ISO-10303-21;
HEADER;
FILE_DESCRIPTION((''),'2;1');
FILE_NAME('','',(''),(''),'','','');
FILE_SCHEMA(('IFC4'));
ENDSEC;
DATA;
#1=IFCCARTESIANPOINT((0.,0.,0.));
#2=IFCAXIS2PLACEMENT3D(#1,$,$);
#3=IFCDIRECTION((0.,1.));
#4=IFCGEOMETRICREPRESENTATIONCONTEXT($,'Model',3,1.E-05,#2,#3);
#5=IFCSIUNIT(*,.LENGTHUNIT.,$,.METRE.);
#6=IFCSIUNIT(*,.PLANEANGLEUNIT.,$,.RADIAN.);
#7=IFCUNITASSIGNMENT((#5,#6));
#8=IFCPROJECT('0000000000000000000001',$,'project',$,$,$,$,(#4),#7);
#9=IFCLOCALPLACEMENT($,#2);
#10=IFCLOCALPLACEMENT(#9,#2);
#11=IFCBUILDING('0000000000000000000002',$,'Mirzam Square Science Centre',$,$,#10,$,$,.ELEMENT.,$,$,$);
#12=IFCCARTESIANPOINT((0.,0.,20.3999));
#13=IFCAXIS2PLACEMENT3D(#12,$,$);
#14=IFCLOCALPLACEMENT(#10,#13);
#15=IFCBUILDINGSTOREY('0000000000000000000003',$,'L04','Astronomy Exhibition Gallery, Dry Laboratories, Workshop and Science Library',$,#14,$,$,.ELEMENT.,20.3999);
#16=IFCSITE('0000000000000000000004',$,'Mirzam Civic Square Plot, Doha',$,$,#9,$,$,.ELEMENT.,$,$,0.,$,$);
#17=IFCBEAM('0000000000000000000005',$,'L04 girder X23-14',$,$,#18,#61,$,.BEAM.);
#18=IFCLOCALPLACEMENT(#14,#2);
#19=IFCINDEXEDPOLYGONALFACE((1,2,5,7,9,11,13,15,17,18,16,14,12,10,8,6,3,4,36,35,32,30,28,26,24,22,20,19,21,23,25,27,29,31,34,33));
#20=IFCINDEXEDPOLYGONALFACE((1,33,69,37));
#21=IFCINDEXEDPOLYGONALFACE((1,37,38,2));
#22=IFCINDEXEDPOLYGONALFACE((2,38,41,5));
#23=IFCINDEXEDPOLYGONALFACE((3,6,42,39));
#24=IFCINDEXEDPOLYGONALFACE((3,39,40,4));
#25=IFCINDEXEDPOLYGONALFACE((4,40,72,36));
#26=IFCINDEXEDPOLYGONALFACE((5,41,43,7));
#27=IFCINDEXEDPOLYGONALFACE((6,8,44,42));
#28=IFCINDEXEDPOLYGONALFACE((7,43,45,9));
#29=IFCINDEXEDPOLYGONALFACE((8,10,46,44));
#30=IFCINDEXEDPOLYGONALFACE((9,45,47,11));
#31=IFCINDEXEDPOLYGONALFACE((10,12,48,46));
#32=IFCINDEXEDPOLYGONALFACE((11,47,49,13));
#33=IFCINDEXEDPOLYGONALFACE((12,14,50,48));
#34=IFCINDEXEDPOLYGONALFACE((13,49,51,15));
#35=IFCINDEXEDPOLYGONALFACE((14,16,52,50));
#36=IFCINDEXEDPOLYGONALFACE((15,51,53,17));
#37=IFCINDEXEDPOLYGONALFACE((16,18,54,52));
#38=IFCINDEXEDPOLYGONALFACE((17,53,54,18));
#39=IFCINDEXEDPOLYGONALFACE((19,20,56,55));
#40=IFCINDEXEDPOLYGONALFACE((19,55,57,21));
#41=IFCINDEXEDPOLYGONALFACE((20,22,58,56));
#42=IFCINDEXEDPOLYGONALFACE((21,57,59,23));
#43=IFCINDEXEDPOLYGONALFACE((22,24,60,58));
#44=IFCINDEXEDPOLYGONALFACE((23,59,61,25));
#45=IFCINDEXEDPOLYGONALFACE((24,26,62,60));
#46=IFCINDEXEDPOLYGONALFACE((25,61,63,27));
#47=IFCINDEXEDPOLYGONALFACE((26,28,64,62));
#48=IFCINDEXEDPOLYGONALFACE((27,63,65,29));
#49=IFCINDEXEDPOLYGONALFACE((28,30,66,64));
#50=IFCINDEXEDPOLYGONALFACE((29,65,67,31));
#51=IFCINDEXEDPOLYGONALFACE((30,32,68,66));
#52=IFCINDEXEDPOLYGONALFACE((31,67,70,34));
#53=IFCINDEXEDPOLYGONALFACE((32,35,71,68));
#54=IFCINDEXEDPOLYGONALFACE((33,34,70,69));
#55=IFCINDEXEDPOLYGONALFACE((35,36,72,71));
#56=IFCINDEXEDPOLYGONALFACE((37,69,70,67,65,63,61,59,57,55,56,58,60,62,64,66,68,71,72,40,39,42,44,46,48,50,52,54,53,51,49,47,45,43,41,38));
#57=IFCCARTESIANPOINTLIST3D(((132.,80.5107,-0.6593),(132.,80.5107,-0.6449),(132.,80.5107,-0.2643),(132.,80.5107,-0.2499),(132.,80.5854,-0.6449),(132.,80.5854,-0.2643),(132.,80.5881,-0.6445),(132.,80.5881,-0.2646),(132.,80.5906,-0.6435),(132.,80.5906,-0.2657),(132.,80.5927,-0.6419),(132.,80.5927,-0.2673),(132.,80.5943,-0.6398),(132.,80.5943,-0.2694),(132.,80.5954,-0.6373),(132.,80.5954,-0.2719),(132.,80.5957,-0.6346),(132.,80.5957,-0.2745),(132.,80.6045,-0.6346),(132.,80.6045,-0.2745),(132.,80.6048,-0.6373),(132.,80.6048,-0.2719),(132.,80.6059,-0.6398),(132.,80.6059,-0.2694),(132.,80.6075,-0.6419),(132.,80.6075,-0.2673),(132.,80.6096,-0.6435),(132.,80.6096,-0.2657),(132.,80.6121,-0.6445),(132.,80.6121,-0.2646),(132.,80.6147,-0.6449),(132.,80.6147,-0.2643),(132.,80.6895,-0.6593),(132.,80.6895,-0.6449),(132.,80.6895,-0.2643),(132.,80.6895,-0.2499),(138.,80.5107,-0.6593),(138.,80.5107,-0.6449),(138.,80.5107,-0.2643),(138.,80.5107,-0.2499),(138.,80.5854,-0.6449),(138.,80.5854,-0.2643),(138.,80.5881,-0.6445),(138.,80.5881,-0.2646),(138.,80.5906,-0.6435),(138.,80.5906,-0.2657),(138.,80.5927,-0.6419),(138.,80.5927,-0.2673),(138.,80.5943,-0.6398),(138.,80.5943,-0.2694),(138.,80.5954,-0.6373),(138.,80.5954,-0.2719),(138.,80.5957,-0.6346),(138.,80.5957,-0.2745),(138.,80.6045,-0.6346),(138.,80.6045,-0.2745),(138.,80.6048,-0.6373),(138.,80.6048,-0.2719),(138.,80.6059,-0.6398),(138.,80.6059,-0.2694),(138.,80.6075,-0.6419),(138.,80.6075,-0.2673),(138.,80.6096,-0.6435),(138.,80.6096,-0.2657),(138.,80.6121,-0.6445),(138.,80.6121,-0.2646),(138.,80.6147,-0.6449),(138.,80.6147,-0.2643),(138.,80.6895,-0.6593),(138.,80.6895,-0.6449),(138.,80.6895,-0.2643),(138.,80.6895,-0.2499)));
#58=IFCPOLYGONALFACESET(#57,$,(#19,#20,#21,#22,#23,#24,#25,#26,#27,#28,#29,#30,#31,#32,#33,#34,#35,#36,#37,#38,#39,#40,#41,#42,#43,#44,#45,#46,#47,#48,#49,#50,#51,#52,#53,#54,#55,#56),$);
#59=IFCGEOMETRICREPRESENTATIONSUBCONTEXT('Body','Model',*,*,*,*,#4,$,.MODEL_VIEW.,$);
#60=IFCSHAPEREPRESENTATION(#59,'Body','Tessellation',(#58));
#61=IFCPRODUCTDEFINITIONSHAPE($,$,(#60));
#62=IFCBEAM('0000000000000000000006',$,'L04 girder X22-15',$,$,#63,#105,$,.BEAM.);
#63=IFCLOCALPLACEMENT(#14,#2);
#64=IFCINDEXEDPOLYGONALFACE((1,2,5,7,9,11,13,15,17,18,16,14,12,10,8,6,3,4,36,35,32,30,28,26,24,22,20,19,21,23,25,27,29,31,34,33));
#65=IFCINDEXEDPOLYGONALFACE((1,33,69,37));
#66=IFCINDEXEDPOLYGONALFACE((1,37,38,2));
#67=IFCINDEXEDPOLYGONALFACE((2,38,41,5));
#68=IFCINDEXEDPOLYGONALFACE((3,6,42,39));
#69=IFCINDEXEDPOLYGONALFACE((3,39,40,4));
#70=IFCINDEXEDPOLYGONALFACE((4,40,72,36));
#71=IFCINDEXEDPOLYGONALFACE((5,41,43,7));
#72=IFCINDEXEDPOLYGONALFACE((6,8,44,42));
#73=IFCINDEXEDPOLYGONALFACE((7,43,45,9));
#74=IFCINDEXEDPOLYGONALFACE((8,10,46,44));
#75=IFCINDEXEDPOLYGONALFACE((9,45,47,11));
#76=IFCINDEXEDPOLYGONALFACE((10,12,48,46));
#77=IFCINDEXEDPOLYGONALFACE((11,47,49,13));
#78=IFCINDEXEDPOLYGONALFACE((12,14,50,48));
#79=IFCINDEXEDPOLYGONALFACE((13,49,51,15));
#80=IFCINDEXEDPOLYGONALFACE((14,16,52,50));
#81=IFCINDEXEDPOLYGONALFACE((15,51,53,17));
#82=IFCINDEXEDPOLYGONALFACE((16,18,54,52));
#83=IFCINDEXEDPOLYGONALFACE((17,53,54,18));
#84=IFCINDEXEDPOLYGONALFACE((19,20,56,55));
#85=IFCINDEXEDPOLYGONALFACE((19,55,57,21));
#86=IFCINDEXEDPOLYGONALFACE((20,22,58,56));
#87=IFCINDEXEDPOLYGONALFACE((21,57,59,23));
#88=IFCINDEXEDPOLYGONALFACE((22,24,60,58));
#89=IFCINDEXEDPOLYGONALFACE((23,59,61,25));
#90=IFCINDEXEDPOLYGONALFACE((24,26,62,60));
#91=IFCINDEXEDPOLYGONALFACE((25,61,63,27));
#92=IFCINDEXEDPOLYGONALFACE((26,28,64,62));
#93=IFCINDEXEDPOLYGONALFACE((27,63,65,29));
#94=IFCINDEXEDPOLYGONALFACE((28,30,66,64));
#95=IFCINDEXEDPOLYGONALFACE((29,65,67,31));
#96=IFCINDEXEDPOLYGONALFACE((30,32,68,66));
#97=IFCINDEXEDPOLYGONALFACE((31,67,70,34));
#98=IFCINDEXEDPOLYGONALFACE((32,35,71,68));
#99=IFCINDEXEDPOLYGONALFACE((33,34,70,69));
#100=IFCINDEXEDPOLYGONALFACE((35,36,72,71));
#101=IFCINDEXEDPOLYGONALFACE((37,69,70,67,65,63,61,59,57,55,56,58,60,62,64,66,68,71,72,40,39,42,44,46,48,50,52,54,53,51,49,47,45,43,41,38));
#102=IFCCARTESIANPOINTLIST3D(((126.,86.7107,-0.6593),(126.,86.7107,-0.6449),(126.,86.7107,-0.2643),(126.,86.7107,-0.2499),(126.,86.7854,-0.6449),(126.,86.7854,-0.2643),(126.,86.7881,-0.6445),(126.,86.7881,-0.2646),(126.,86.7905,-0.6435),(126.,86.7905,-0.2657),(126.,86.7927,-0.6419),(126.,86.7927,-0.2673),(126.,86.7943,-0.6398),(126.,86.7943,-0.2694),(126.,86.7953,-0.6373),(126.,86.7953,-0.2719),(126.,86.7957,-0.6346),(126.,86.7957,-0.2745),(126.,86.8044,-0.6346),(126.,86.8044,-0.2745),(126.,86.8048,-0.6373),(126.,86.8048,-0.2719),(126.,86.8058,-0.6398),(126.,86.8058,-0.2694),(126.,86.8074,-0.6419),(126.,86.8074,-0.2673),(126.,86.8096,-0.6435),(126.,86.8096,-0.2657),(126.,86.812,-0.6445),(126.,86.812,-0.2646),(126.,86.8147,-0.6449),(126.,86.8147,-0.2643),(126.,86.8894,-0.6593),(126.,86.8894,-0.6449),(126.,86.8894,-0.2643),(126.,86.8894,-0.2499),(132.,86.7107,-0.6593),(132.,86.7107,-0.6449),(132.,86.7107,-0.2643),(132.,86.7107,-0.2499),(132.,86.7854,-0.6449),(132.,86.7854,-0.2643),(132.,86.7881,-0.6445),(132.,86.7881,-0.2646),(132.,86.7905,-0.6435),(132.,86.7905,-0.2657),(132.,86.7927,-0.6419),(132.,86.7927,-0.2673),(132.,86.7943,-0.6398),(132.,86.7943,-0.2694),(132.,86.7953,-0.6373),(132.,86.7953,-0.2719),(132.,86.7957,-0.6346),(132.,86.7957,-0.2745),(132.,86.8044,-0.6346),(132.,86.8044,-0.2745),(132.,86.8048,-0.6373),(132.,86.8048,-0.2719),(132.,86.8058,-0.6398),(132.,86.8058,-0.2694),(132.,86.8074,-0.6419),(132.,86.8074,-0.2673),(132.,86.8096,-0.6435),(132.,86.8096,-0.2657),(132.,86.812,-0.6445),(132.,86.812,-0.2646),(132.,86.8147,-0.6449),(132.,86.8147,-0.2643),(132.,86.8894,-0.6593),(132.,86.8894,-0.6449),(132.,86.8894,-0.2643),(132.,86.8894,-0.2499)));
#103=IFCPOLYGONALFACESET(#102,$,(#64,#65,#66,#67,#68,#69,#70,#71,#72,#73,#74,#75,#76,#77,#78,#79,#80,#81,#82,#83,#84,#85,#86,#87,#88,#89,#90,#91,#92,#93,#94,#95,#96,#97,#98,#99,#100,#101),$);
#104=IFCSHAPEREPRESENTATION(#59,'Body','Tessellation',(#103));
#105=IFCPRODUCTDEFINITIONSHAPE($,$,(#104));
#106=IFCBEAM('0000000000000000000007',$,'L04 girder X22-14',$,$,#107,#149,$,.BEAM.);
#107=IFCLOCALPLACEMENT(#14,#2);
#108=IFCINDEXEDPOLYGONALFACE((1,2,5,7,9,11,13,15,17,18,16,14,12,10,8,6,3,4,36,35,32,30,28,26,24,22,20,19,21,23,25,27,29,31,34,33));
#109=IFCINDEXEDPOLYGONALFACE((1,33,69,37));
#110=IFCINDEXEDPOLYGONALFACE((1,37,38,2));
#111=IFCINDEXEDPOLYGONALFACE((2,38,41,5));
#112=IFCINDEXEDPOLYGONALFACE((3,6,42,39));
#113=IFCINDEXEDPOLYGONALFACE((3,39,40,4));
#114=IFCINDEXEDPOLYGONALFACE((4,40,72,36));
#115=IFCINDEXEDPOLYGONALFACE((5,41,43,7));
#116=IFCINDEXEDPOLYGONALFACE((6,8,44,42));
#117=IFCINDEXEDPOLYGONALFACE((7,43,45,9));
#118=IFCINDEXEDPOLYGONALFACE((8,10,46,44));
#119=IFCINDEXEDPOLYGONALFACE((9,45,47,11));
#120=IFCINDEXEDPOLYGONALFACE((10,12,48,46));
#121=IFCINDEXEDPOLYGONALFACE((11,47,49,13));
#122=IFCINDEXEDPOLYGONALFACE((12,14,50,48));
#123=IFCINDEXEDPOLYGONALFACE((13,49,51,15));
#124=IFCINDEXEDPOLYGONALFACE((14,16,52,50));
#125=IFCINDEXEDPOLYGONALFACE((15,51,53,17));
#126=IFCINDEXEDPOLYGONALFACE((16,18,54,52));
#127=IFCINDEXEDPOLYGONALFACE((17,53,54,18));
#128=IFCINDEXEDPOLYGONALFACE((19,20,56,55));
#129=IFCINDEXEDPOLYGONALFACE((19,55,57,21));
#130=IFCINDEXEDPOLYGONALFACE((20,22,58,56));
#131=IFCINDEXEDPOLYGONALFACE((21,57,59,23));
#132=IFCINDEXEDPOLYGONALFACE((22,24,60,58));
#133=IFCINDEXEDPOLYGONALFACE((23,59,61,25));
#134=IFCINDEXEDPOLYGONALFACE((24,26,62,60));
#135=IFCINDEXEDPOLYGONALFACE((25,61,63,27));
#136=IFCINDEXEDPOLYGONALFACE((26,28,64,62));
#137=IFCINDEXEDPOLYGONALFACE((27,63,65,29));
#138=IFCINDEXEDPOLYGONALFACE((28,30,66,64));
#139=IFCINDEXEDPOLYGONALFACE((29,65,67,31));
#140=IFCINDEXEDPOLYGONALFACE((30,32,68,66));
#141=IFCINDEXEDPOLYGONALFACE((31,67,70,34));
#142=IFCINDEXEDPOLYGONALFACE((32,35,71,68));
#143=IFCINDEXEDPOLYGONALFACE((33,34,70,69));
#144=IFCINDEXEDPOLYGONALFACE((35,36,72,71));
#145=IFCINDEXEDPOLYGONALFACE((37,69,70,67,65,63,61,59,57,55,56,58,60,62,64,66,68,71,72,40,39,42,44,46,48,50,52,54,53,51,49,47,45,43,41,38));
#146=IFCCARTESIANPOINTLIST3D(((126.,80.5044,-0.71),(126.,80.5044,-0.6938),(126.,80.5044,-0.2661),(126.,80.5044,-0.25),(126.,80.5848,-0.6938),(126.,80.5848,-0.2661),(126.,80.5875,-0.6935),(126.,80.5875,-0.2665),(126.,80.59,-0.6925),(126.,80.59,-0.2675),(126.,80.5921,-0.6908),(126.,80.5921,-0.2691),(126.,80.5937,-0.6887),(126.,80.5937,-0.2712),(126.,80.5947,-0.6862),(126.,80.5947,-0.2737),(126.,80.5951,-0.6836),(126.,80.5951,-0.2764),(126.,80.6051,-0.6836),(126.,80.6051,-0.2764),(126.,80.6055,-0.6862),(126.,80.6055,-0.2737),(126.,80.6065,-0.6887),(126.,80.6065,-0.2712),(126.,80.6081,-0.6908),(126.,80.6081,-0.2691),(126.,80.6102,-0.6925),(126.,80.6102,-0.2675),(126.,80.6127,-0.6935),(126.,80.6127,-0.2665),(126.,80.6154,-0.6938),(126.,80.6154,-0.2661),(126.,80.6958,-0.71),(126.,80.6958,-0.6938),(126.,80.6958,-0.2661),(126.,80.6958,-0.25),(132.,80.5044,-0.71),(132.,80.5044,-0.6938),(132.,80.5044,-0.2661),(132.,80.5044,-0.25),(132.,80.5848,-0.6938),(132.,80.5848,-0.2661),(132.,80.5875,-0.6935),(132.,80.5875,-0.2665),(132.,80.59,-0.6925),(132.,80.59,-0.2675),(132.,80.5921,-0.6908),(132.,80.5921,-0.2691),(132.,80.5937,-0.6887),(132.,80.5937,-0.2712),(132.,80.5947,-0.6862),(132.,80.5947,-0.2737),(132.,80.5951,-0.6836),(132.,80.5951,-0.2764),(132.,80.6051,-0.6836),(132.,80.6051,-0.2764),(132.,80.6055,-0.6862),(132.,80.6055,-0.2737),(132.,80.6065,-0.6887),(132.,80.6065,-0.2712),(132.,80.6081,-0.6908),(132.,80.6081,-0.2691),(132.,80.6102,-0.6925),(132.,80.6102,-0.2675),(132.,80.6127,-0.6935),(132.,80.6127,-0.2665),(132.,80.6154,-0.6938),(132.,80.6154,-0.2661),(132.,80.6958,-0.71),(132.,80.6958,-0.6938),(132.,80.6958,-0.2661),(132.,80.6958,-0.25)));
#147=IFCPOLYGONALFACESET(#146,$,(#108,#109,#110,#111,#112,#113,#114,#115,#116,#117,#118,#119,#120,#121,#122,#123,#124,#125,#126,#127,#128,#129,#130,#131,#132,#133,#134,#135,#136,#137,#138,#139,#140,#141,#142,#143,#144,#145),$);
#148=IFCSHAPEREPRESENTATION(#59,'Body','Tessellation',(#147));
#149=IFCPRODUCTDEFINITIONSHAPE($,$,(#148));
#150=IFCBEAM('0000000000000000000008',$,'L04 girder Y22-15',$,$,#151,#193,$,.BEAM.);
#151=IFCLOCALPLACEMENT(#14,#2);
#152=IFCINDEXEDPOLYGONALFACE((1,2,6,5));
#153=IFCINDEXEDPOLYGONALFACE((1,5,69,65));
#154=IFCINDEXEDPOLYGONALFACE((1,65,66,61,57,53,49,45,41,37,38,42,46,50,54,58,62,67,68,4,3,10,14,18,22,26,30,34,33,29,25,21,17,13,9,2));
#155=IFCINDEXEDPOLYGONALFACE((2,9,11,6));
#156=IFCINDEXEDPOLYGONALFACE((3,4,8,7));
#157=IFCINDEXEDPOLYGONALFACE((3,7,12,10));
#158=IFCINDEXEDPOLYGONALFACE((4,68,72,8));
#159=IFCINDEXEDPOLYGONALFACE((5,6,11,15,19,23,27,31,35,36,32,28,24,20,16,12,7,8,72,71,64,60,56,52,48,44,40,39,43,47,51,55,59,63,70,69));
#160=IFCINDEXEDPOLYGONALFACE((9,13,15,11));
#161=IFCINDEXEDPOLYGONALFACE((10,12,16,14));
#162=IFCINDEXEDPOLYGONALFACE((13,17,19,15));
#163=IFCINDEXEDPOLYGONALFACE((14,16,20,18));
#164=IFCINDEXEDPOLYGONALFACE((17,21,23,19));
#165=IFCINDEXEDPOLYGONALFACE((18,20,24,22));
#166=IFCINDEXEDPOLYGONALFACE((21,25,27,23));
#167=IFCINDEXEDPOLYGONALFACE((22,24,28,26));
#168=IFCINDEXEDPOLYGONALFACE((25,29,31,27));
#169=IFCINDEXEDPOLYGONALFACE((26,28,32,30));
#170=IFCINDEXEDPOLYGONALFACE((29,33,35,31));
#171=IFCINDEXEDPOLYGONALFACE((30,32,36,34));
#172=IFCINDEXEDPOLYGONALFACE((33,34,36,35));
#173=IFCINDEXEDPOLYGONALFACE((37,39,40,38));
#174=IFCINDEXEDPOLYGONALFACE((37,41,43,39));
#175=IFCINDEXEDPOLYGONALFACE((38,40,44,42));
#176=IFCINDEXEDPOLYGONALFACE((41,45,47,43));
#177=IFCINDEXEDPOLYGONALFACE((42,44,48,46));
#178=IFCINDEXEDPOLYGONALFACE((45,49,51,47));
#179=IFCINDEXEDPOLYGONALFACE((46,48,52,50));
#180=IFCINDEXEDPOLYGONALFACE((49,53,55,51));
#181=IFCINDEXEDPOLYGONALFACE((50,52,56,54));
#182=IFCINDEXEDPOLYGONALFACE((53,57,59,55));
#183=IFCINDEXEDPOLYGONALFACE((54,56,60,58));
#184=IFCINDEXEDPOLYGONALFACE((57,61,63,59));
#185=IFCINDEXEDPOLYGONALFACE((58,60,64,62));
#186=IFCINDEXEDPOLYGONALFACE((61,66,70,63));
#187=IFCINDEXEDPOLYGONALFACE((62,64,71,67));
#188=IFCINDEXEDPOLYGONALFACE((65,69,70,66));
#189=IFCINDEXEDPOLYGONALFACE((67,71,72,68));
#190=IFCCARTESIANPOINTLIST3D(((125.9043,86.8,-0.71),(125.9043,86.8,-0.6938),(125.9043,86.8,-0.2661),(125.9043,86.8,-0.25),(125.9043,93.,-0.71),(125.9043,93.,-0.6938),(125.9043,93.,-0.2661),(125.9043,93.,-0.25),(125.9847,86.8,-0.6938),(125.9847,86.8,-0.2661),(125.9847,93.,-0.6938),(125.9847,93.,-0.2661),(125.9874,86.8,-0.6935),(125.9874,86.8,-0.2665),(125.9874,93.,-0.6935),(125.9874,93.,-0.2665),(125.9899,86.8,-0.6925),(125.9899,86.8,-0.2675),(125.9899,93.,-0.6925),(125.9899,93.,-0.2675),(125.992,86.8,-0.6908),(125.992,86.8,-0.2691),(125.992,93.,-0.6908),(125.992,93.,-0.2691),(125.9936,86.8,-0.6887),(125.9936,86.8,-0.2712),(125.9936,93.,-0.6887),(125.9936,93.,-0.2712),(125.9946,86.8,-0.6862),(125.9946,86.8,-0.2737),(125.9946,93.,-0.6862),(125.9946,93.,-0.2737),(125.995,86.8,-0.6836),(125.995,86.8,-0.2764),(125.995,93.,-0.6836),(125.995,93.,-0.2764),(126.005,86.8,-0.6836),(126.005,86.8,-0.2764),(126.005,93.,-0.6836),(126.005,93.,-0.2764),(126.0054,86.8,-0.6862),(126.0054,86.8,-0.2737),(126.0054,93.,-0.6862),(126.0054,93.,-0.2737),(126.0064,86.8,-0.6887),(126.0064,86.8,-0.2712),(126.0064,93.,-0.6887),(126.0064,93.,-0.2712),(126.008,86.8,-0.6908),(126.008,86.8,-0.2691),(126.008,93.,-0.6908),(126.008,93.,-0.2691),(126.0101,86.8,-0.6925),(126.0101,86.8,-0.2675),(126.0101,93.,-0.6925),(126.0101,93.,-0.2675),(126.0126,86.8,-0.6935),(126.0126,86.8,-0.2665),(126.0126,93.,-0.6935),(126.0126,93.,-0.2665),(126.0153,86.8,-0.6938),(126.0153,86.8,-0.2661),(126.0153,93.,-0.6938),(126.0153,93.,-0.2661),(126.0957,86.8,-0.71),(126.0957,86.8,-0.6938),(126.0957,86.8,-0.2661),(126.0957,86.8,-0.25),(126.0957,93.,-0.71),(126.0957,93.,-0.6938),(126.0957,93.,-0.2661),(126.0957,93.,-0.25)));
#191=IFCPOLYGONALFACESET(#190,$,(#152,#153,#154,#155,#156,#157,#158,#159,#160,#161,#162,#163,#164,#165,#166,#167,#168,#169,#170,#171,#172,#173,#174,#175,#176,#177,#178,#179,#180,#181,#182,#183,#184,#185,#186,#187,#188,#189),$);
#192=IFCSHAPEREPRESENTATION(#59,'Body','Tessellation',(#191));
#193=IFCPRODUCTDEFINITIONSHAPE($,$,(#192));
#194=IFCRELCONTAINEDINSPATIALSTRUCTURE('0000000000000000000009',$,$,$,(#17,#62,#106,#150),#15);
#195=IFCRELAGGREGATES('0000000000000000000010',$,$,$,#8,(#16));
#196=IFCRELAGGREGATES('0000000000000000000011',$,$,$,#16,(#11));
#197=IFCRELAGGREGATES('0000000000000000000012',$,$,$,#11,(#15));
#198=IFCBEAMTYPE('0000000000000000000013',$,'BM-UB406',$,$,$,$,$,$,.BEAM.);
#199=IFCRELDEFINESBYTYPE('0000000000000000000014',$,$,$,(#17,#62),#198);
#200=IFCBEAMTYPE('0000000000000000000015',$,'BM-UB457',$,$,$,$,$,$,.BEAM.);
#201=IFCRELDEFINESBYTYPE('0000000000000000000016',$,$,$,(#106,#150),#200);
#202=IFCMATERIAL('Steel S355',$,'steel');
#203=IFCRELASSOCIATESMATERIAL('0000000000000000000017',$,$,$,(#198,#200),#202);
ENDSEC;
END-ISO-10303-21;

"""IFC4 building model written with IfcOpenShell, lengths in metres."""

from ifc_helpers import new_model, si_unit, direction, frame, origin, origin_2d, place, context, subcontext, project, spatial, i_section, extrude, material, material_profile, profile_set, type_object, element, save


model = new_model("IFC4")

# Units and contexts
model_context = context("Model", 3, precision=1e-05, world=origin(), true_north=direction((0.0, 1.0)))
body_context = subcontext(model_context, "Body", "Model", "MODEL_VIEW")
ifc_project = project(units=[si_unit("LENGTHUNIT", "METRE"), si_unit("PLANEANGLEUNIT", "RADIAN")], contexts=[model_context])

# Site, building, storey
site_placement = place(None, origin())
site = spatial("IfcSite", under=ifc_project, at=site_placement, Name="Mirzam Civic Square Plot, Doha", CompositionType="ELEMENT", RefElevation=0.0)
building_placement = place(site_placement, origin())
building = spatial("IfcBuilding", under=site, at=building_placement, Name="Mirzam Square Science Centre", CompositionType="ELEMENT")
storey_placement = place(building_placement, frame((0.0, 0.0, 20.3999)))
storey = spatial("IfcBuildingStorey", under=building, at=storey_placement, Name="L04", Description="Astronomy Exhibition Gallery, Dry Laboratories, Workshop and Science Library", CompositionType="ELEMENT", Elevation=20.3999)

# Shared definitions
ifc_material_1 = material(Name="Steel S355", Category="steel")

# Beams
ifc_material_profile_1 = material_profile(ifc_material_1, i_section(OverallWidth=0.1787, OverallDepth=0.4094, WebThickness=0.0088, FlangeThickness=0.0144, FilletRadius=0.0103, at=origin_2d()), Name="406x178x67UB")
ifc_profile_set_1 = profile_set([ifc_material_profile_1], Name="Steel S355")
beam_type_1 = type_object("IfcBeamType", Name="BM-UB406", PredefinedType="BEAM", material=ifc_profile_set_1)
for number, where, z_axis, x_axis, name in (
    (1, (132.0, 80.6001, -0.4546), (1.0, 0.0, 0.0), (0.0, 1.0, 0.0), "L04 girder X23-14"),
    (2, (126.0, 86.8, -0.4546), (1.0, 0.0, 0.0), (0.0, 1.0, 0.0), "L04 girder X22-15"),
):
    element("IfcBeam", number, at=place(storey_placement, frame(where, z_axis=z_axis, x_axis=x_axis)), inside=storey, type_object=beam_type_1, Name=name, PredefinedType="BEAM", context=body_context, shape_type="SweptSolid", body=[
        extrude(i_section(OverallWidth=0.1787, OverallDepth=0.4094, WebThickness=0.0088, FlangeThickness=0.0144, FilletRadius=0.0103, at=origin_2d()), origin(), (0.0, 0.0, 1.0), 6.0),
    ])
ifc_material_profile_2 = material_profile(ifc_material_1, i_section(OverallWidth=0.1914, OverallDepth=0.46, WebThickness=0.01, FlangeThickness=0.0161, FilletRadius=0.0103, at=origin_2d()), Name="457x191x82UB")
ifc_profile_set_2 = profile_set([ifc_material_profile_2], Name="Steel S355")
beam_type_2 = type_object("IfcBeamType", Name="BM-UB457", PredefinedType="BEAM", material=ifc_profile_set_2)
beam_1_placement = place(storey_placement, frame((126.0, 80.6001, -0.48), z_axis=(1.0, 0.0, 0.0), x_axis=(0.0, 1.0, 0.0)))
element("IfcBeam", 3, at=beam_1_placement, inside=storey, type_object=beam_type_2, Name="L04 girder X22-14", PredefinedType="BEAM", context=body_context, shape_type="SweptSolid", body=[
    extrude(i_section(OverallWidth=0.1914, OverallDepth=0.46, WebThickness=0.01, FlangeThickness=0.0161, FilletRadius=0.0103, at=origin_2d()), origin(), (0.0, 0.0, 1.0), 6.0),
])
for number, where, z_axis, x_axis, name in (
    (4, (126.0, 86.8, -0.48), (0.0, 1.0, 0.0), (-1.0, 0.0, 0.0), "L04 girder Y22-15"),
):
    element("IfcBeam", number, at=place(storey_placement, frame(where, z_axis=z_axis, x_axis=x_axis)), inside=storey, type_object=beam_type_2, Name=name, PredefinedType="BEAM", context=body_context, shape_type="SweptSolid", body=[
        extrude(i_section(OverallWidth=0.1914, OverallDepth=0.46, WebThickness=0.01, FlangeThickness=0.0161, FilletRadius=0.0103, at=origin_2d()), origin(), (0.0, 0.0, 1.0), 6.2),
    ])

save(model, "model.ifc")
